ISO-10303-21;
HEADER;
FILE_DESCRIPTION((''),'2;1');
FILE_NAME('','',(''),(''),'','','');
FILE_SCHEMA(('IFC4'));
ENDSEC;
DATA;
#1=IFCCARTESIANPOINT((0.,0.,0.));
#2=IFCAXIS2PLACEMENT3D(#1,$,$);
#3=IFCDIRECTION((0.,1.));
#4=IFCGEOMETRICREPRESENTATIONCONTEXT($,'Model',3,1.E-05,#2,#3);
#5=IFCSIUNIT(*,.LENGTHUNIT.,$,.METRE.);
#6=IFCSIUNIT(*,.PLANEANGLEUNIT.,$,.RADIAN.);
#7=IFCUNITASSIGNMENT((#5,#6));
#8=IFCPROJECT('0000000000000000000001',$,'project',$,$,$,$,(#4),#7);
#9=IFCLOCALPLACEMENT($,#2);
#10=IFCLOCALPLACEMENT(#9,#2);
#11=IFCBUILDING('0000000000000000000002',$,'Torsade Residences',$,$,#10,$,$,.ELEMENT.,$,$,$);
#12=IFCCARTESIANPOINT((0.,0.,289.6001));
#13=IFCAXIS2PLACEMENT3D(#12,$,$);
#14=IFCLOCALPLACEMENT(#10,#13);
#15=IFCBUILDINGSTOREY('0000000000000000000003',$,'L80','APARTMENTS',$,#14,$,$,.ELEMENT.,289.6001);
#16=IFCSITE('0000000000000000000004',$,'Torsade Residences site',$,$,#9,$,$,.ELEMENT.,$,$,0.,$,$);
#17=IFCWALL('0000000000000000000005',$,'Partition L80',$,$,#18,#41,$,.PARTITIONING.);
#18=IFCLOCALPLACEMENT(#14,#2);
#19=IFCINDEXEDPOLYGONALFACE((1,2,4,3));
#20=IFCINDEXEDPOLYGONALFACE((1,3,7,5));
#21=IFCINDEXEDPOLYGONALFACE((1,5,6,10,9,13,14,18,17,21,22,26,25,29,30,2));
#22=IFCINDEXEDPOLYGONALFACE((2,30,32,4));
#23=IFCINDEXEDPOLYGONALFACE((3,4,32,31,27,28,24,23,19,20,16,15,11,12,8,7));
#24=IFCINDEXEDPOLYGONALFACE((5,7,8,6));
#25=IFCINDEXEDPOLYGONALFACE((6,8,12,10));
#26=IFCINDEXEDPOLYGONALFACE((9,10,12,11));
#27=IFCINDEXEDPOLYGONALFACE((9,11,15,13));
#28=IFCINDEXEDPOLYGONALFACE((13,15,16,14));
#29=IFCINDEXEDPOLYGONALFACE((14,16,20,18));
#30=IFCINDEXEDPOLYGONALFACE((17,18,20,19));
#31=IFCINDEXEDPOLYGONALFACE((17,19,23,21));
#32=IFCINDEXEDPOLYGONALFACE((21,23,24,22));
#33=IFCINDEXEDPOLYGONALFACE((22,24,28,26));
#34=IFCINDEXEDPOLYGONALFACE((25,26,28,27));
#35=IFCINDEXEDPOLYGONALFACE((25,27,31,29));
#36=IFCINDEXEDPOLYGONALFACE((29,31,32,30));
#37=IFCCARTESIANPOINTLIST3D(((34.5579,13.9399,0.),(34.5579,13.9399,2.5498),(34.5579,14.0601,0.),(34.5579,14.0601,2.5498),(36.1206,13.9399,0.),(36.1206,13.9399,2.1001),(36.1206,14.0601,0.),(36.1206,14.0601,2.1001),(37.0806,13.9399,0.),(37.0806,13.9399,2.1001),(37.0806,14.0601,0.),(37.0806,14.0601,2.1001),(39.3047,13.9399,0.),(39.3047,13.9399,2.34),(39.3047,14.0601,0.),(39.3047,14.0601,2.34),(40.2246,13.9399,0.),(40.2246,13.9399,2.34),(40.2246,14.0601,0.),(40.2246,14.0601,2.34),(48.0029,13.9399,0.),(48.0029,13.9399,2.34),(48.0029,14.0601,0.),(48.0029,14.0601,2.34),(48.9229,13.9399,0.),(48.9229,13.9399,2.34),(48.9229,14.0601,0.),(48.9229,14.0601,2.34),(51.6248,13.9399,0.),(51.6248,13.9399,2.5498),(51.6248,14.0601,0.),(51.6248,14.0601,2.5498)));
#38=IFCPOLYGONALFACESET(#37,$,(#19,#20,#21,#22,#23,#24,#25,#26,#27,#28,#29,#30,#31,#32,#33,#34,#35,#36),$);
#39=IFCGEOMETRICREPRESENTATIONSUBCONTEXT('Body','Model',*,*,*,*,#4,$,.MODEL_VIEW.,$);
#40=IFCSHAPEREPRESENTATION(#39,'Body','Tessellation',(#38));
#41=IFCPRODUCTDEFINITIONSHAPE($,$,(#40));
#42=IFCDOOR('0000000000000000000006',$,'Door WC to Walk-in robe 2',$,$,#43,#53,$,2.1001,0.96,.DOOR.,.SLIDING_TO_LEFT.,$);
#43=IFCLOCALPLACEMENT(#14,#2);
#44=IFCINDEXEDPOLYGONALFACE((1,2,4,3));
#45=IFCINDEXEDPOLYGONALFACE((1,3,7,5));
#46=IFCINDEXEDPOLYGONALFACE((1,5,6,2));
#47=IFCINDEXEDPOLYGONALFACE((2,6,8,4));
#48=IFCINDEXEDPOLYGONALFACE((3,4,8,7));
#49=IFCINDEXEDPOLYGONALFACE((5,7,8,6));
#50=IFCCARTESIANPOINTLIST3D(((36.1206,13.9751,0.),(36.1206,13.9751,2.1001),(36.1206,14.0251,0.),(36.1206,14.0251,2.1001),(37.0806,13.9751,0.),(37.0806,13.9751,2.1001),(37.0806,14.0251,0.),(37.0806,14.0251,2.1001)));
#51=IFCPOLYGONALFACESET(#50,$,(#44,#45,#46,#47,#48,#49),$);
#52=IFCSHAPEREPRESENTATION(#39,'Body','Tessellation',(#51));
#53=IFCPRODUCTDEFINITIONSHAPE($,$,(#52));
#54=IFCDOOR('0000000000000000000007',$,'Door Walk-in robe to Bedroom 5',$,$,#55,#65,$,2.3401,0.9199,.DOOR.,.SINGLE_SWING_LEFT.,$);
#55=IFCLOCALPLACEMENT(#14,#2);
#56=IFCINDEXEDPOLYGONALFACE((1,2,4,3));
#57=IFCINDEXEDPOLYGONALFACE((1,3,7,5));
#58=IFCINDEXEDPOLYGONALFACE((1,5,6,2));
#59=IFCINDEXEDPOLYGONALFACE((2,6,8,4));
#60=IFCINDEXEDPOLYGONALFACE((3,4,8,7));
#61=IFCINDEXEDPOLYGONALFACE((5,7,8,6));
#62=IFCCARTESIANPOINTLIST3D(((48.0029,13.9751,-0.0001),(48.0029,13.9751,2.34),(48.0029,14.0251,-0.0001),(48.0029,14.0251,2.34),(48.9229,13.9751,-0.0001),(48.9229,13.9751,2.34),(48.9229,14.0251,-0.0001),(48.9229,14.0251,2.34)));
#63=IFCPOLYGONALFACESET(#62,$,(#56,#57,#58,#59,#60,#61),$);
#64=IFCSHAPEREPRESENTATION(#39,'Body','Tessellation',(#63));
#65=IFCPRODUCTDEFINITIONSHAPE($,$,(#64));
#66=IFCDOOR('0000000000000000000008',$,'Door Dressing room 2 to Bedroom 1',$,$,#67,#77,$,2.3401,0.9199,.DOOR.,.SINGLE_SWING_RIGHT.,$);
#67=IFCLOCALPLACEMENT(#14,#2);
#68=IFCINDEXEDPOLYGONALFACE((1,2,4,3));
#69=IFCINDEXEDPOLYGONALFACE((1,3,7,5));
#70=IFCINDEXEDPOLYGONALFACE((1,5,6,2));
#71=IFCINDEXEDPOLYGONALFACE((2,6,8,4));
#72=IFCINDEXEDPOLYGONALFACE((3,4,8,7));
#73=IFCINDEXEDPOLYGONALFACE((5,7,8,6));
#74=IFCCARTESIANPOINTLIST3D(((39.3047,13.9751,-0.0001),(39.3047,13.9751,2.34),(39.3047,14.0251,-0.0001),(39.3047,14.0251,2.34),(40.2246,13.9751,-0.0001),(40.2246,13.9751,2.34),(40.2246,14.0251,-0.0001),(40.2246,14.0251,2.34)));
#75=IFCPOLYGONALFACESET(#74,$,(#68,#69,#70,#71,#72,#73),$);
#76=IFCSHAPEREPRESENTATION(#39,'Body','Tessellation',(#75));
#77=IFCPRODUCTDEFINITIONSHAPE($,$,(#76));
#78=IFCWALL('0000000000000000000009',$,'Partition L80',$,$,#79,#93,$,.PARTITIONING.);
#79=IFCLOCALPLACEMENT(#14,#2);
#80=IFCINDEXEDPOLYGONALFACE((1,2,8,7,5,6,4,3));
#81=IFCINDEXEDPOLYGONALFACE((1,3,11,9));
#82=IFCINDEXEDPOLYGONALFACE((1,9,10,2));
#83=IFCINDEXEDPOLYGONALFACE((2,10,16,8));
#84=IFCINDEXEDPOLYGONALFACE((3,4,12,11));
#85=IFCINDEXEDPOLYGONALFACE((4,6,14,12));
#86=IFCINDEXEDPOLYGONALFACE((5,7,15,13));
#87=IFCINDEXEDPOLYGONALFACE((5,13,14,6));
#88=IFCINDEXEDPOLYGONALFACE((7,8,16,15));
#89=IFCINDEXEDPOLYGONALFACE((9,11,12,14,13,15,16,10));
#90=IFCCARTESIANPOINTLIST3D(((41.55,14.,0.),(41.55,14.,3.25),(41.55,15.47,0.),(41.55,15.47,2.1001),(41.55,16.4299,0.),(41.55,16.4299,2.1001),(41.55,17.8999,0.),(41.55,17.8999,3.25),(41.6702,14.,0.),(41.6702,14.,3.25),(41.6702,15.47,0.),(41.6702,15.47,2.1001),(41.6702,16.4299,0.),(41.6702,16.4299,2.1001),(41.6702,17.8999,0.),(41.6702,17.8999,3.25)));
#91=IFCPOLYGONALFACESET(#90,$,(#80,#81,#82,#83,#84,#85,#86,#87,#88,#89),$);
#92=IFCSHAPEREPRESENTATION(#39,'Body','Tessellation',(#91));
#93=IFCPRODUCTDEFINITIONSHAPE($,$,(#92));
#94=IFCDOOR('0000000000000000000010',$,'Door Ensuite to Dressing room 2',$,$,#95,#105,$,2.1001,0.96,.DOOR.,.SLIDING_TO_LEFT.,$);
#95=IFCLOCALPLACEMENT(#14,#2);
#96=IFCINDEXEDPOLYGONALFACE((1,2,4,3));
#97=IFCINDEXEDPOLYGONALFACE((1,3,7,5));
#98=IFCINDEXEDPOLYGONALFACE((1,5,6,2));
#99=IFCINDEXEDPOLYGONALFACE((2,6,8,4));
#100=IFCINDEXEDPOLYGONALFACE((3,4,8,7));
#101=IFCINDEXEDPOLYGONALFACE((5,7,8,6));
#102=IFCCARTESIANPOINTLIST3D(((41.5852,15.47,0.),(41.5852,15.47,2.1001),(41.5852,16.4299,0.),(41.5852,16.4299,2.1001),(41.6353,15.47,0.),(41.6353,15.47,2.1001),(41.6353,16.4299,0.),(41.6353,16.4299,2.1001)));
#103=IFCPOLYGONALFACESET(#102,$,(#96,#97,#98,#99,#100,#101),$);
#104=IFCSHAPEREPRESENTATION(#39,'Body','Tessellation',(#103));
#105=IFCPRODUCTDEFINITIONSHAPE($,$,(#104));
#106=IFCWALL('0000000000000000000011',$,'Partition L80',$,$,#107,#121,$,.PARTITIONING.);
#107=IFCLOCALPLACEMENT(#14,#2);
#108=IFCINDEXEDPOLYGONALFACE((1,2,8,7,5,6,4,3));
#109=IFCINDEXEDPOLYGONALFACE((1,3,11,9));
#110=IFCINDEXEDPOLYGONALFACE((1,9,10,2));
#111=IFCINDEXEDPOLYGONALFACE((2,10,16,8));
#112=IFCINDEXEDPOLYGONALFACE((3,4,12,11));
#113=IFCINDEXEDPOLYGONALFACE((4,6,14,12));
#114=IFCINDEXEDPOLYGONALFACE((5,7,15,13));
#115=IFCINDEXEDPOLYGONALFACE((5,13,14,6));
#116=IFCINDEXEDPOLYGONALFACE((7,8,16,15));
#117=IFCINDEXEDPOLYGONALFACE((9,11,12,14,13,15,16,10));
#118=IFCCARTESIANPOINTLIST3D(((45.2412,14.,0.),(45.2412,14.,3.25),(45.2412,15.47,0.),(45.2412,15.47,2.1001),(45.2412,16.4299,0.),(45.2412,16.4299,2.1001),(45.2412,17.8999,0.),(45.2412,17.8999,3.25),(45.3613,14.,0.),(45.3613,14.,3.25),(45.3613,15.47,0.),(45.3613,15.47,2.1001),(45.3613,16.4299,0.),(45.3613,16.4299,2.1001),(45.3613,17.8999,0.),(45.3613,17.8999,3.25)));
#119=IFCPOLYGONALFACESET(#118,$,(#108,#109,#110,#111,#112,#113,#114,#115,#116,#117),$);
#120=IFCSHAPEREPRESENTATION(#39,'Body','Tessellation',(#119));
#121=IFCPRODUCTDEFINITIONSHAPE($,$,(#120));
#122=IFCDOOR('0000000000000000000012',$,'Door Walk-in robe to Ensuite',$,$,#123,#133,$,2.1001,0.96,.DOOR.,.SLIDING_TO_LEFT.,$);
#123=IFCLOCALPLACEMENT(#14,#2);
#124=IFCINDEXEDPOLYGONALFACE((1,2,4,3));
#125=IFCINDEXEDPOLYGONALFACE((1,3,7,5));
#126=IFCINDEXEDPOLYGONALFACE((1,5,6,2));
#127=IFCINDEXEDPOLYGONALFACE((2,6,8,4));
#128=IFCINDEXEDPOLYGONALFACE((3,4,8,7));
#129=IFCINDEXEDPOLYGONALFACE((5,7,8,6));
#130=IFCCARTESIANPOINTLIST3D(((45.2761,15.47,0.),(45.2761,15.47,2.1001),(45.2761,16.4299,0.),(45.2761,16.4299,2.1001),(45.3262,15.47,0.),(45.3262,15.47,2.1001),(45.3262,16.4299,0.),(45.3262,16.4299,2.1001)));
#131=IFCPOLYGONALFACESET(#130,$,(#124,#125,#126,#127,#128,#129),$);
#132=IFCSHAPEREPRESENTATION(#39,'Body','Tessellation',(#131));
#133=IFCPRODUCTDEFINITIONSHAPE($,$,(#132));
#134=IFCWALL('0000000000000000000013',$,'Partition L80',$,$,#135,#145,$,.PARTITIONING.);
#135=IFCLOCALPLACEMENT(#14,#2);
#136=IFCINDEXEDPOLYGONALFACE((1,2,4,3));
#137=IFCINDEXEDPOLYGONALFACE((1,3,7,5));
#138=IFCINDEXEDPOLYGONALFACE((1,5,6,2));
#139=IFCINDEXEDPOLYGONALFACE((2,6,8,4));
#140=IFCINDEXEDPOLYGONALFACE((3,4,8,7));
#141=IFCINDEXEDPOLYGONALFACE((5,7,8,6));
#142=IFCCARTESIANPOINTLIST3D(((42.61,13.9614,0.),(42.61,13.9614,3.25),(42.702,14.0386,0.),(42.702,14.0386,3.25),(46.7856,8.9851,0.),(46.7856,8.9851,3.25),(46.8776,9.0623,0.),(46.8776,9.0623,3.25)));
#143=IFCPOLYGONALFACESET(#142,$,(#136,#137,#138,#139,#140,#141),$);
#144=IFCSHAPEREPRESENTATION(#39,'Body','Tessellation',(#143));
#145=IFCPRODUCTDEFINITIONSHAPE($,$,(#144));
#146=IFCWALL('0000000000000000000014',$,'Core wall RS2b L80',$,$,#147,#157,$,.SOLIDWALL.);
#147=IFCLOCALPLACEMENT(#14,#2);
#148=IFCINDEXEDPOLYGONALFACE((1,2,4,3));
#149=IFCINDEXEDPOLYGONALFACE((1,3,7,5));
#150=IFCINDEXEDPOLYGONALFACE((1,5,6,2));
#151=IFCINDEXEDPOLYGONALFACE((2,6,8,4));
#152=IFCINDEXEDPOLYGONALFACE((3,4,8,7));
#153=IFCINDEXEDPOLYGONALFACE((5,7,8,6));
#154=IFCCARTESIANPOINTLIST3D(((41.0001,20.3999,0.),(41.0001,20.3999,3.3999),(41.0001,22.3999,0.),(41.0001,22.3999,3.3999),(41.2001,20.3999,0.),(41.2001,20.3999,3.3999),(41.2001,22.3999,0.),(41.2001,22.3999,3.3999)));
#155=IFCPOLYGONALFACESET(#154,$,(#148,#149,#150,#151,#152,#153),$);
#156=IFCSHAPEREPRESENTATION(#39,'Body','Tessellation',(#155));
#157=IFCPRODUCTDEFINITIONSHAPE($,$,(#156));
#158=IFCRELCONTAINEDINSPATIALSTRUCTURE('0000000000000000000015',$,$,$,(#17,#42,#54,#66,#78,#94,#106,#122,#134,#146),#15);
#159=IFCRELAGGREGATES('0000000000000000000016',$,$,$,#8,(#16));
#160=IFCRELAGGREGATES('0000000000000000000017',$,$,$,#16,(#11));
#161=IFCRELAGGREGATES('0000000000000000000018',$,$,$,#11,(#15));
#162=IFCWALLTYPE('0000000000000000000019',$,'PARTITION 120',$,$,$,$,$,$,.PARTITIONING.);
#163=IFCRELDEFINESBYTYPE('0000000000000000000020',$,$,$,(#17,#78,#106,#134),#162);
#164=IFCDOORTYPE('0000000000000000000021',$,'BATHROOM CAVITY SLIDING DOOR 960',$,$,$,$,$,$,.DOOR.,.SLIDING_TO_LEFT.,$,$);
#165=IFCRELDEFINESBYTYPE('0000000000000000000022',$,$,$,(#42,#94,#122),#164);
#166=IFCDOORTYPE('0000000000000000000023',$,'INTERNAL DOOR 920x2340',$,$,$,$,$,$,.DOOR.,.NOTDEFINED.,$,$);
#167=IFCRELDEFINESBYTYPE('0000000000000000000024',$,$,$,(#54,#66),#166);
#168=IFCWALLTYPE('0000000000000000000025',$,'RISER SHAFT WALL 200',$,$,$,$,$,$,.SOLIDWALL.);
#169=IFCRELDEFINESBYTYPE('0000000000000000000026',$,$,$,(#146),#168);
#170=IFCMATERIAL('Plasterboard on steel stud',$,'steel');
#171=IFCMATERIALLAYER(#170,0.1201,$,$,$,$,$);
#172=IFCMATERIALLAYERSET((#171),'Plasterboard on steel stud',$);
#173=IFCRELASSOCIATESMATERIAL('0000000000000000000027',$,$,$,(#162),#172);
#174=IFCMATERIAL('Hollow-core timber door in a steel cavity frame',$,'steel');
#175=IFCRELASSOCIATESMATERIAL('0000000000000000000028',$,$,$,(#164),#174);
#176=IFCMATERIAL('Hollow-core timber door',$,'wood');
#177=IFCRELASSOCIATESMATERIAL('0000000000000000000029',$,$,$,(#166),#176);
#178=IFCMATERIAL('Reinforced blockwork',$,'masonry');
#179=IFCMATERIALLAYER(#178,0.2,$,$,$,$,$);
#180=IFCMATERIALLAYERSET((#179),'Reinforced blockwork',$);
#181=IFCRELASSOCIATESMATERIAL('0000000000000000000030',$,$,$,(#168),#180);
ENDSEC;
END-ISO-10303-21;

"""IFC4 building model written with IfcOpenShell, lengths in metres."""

from ifc_helpers import new_model, si_unit, direction, frame, frame_2d, origin, place, context, subcontext, project, spatial, rectangle, extrude, material, layer, layer_set, type_object, element, fill, save


model = new_model("IFC4")

# Units and contexts
model_context = context("Model", 3, precision=1e-05, world=origin(), true_north=direction((0.0, 1.0)))
body_context = subcontext(model_context, "Body", "Model", "MODEL_VIEW")
ifc_project = project(units=[si_unit("LENGTHUNIT", "METRE"), si_unit("PLANEANGLEUNIT", "RADIAN")], contexts=[model_context])

# Site, building, storey
site_placement = place(None, origin())
site = spatial("IfcSite", under=ifc_project, at=site_placement, Name="Torsade Residences site", CompositionType="ELEMENT", RefElevation=0.0)
building_placement = place(site_placement, origin())
building = spatial("IfcBuilding", under=site, at=building_placement, Name="Torsade Residences", CompositionType="ELEMENT")
storey_placement = place(building_placement, frame((0.0, 0.0, 289.6001)))
storey = spatial("IfcBuildingStorey", under=building, at=storey_placement, Name="L80", Description="APARTMENTS", CompositionType="ELEMENT", Elevation=289.6001)

# Wall, openings, doors
ifc_material_1 = material(Name="Plasterboard on steel stud", Category="steel")
ifc_layer_1 = layer(ifc_material_1, 0.1201)
ifc_layer_set_1 = layer_set([ifc_layer_1], Name="Plasterboard on steel stud")
wall_type_1 = type_object("IfcWallType", Name="PARTITION 120", PredefinedType="PARTITIONING", material=ifc_layer_set_1)
wall_1_placement = place(storey_placement, frame((51.6248, 14.0, 0.0), z_axis=(0.0, 0.0, 1.0), x_axis=(-1.0, 0.0, 0.0)))
wall_1 = element("IfcWall", 1, at=wall_1_placement, inside=storey, type_object=wall_type_1, Name="Partition L80", PredefinedType="PARTITIONING", context=body_context, shape_type="SweptSolid", body=[
    extrude(rectangle(XDim=17.0669, YDim=0.1201, at=frame_2d((8.5334, 0.0))), origin(), (0.0, 0.0, 1.0), 2.5498),
])
opening_1_placement = place(wall_1_placement, frame((2.7019, 0.0, 0.0)))
opening_1 = element("IfcOpeningElement", 2, at=opening_1_placement, cuts=wall_1, PredefinedType="OPENING", context=body_context, shape_type="SweptSolid", body=[
    extrude(rectangle(XDim=0.9199, YDim=2.3401, at=frame_2d((0.46, 1.1699))), frame((0.0, 0.0701, 0.0), z_axis=(0.0, -1.0, 0.0), x_axis=(1.0, 0.0, 0.0)), (0.0, 0.0, 1.0), 0.1401),
])
opening_2_placement = place(wall_1_placement, frame((11.4001, 0.0, 0.0)))
opening_2 = element("IfcOpeningElement", 3, at=opening_2_placement, cuts=wall_1, PredefinedType="OPENING", context=body_context, shape_type="SweptSolid", body=[
    extrude(rectangle(XDim=0.9199, YDim=2.3401, at=frame_2d((0.46, 1.1699))), frame((0.0, 0.0701, 0.0), z_axis=(0.0, -1.0, 0.0), x_axis=(1.0, 0.0, 0.0)), (0.0, 0.0, 1.0), 0.1401),
])
opening_3_placement = place(wall_1_placement, frame((14.5442, 0.0, 0.0)))
opening_3 = element("IfcOpeningElement", 4, at=opening_3_placement, cuts=wall_1, PredefinedType="OPENING", context=body_context, shape_type="SweptSolid", body=[
    extrude(rectangle(XDim=0.96, YDim=2.1001, at=frame_2d((0.48, 1.05))), frame((0.0, 0.0701, 0.0), z_axis=(0.0, -1.0, 0.0), x_axis=(1.0, 0.0, 0.0)), (0.0, 0.0, 1.0), 0.1401),
])
ifc_material_2 = material(Name="Hollow-core timber door in a steel cavity frame", Category="steel")
door_type_1 = type_object("IfcDoorType", Name="BATHROOM CAVITY SLIDING DOOR 960", OperationType="SLIDING_TO_LEFT", PredefinedType="DOOR", material=ifc_material_2)
door_1_placement = place(opening_3_placement, origin())
door_1 = element("IfcDoor", 5, at=door_1_placement, inside=storey, type_object=door_type_1, Name="Door WC to Walk-in robe 2", OperationType="SLIDING_TO_LEFT", OverallHeight=2.1001, OverallWidth=0.96, PredefinedType="DOOR", context=body_context, shape_type="SweptSolid", body=[
    extrude(rectangle(XDim=0.96, YDim=2.1001, at=frame_2d((0.48, 1.05))), frame((0.0, 0.0249, 0.0), z_axis=(0.0, -1.0, 0.0), x_axis=(1.0, 0.0, 0.0)), (0.0, 0.0, 1.0), 0.05),
])
fill(opening_3, door_1)
ifc_material_3 = material(Name="Hollow-core timber door", Category="wood")
door_type_2 = type_object("IfcDoorType", Name="INTERNAL DOOR 920x2340", OperationType="NOTDEFINED", PredefinedType="DOOR", material=ifc_material_3)
door_2_placement = place(opening_1_placement, origin())
door_2 = element("IfcDoor", 6, at=door_2_placement, inside=storey, type_object=door_type_2, Name="Door Walk-in robe to Bedroom 5", OperationType="SINGLE_SWING_LEFT", OverallHeight=2.3401, OverallWidth=0.9199, PredefinedType="DOOR", context=body_context, shape_type="SweptSolid", body=[
    extrude(rectangle(XDim=0.9199, YDim=2.3401, at=frame_2d((0.46, 1.1699))), frame((0.0, 0.0249, 0.0), z_axis=(0.0, -1.0, 0.0), x_axis=(1.0, 0.0, 0.0)), (0.0, 0.0, 1.0), 0.05),
])
fill(opening_1, door_2)
door_3_placement = place(opening_2_placement, origin())
door_3 = element("IfcDoor", 7, at=door_3_placement, inside=storey, type_object=door_type_2, Name="Door Dressing room 2 to Bedroom 1", OperationType="SINGLE_SWING_RIGHT", OverallHeight=2.3401, OverallWidth=0.9199, PredefinedType="DOOR", context=body_context, shape_type="SweptSolid", body=[
    extrude(rectangle(XDim=0.9199, YDim=2.3401, at=frame_2d((0.46, 1.1699))), frame((0.0, 0.0249, 0.0), z_axis=(0.0, -1.0, 0.0), x_axis=(1.0, 0.0, 0.0)), (0.0, 0.0, 1.0), 0.05),
])
fill(opening_2, door_3)

# Walls, openings, doors
wall_2_placement = place(storey_placement, frame((41.6101, 14.0, 0.0), z_axis=(0.0, 0.0, 1.0), x_axis=(0.0, 1.0, 0.0)))
wall_2 = element("IfcWall", 8, at=wall_2_placement, inside=storey, type_object=wall_type_1, Name="Partition L80", PredefinedType="PARTITIONING", context=body_context, shape_type="SweptSolid", body=[
    extrude(rectangle(XDim=3.8999, YDim=0.1201, at=frame_2d((1.95, 0.0))), origin(), (0.0, 0.0, 1.0), 3.25),
])
opening_4_placement = place(wall_2_placement, frame((1.47, 0.0, 0.0)))
opening_4 = element("IfcOpeningElement", 9, at=opening_4_placement, cuts=wall_2, PredefinedType="OPENING", context=body_context, shape_type="SweptSolid", body=[
    extrude(rectangle(XDim=0.96, YDim=2.1001, at=frame_2d((0.48, 1.05))), frame((0.0, 0.0701, 0.0), z_axis=(0.0, -1.0, 0.0), x_axis=(1.0, 0.0, 0.0)), (0.0, 0.0, 1.0), 0.1401),
])
door_4_placement = place(opening_4_placement, origin())
door_4 = element("IfcDoor", 10, at=door_4_placement, inside=storey, type_object=door_type_1, Name="Door Ensuite to Dressing room 2", OperationType="SLIDING_TO_LEFT", OverallHeight=2.1001, OverallWidth=0.96, PredefinedType="DOOR", context=body_context, shape_type="SweptSolid", body=[
    extrude(rectangle(XDim=0.96, YDim=2.1001, at=frame_2d((0.48, 1.05))), frame((0.0, 0.0249, 0.0), z_axis=(0.0, -1.0, 0.0), x_axis=(1.0, 0.0, 0.0)), (0.0, 0.0, 1.0), 0.05),
])
fill(opening_4, door_4)
wall_3_placement = place(storey_placement, frame((45.3013, 17.8999, 0.0), z_axis=(0.0, 0.0, 1.0), x_axis=(0.0, -1.0, 0.0)))
wall_3 = element("IfcWall", 11, at=wall_3_placement, inside=storey, type_object=wall_type_1, Name="Partition L80", PredefinedType="PARTITIONING", context=body_context, shape_type="SweptSolid", body=[
    extrude(rectangle(XDim=3.8999, YDim=0.1201, at=frame_2d((1.95, 0.0))), origin(), (0.0, 0.0, 1.0), 3.25),
])
opening_5_placement = place(wall_3_placement, frame((1.47, 0.0, 0.0)))
opening_5 = element("IfcOpeningElement", 12, at=opening_5_placement, cuts=wall_3, PredefinedType="OPENING", context=body_context, shape_type="SweptSolid", body=[
    extrude(rectangle(XDim=0.96, YDim=2.1001, at=frame_2d((0.48, 1.05))), frame((0.0, 0.0701, 0.0), z_axis=(0.0, -1.0, 0.0), x_axis=(1.0, 0.0, 0.0)), (0.0, 0.0, 1.0), 0.1401),
])
door_5_placement = place(opening_5_placement, origin())
door_5 = element("IfcDoor", 13, at=door_5_placement, inside=storey, type_object=door_type_1, Name="Door Walk-in robe to Ensuite", OperationType="SLIDING_TO_LEFT", OverallHeight=2.1001, OverallWidth=0.96, PredefinedType="DOOR", context=body_context, shape_type="SweptSolid", body=[
    extrude(rectangle(XDim=0.96, YDim=2.1001, at=frame_2d((0.48, 1.05))), frame((0.0, 0.0249, 0.0), z_axis=(0.0, -1.0, 0.0), x_axis=(1.0, 0.0, 0.0)), (0.0, 0.0, 1.0), 0.05),
])
fill(opening_5, door_5)

# Walls
wall_4_placement = place(storey_placement, frame((42.656, 14.0, 0.0), z_axis=(0.0, 0.0, 1.0), x_axis=(0.642779, -0.766051, 0.0)))
element("IfcWall", 14, at=wall_4_placement, inside=storey, type_object=wall_type_1, Name="Partition L80", PredefinedType="PARTITIONING", context=body_context, shape_type="SweptSolid", body=[
    extrude(rectangle(XDim=6.4961, YDim=0.1201, at=frame_2d((3.248, 0.0))), origin(), (0.0, 0.0, 1.0), 3.25),
])
ifc_material_4 = material(Name="Reinforced blockwork", Category="masonry")
ifc_layer_2 = layer(ifc_material_4, 0.2)
ifc_layer_set_2 = layer_set([ifc_layer_2], Name="Reinforced blockwork")
wall_type_2 = type_object("IfcWallType", Name="RISER SHAFT WALL 200", PredefinedType="SOLIDWALL", material=ifc_layer_set_2)
wall_5_placement = place(storey_placement, frame((41.1001, 22.3999, 0.0), z_axis=(0.0, 0.0, 1.0), x_axis=(0.0, -1.0, 0.0)))
element("IfcWall", 15, at=wall_5_placement, inside=storey, type_object=wall_type_2, Name="Core wall RS2b L80", PredefinedType="SOLIDWALL", context=body_context, shape_type="SweptSolid", body=[
    extrude(rectangle(XDim=2.0, YDim=0.2, at=frame_2d((1.0, 0.0))), origin(), (0.0, 0.0, 1.0), 3.3999),
])

save(model, "model.ifc")
